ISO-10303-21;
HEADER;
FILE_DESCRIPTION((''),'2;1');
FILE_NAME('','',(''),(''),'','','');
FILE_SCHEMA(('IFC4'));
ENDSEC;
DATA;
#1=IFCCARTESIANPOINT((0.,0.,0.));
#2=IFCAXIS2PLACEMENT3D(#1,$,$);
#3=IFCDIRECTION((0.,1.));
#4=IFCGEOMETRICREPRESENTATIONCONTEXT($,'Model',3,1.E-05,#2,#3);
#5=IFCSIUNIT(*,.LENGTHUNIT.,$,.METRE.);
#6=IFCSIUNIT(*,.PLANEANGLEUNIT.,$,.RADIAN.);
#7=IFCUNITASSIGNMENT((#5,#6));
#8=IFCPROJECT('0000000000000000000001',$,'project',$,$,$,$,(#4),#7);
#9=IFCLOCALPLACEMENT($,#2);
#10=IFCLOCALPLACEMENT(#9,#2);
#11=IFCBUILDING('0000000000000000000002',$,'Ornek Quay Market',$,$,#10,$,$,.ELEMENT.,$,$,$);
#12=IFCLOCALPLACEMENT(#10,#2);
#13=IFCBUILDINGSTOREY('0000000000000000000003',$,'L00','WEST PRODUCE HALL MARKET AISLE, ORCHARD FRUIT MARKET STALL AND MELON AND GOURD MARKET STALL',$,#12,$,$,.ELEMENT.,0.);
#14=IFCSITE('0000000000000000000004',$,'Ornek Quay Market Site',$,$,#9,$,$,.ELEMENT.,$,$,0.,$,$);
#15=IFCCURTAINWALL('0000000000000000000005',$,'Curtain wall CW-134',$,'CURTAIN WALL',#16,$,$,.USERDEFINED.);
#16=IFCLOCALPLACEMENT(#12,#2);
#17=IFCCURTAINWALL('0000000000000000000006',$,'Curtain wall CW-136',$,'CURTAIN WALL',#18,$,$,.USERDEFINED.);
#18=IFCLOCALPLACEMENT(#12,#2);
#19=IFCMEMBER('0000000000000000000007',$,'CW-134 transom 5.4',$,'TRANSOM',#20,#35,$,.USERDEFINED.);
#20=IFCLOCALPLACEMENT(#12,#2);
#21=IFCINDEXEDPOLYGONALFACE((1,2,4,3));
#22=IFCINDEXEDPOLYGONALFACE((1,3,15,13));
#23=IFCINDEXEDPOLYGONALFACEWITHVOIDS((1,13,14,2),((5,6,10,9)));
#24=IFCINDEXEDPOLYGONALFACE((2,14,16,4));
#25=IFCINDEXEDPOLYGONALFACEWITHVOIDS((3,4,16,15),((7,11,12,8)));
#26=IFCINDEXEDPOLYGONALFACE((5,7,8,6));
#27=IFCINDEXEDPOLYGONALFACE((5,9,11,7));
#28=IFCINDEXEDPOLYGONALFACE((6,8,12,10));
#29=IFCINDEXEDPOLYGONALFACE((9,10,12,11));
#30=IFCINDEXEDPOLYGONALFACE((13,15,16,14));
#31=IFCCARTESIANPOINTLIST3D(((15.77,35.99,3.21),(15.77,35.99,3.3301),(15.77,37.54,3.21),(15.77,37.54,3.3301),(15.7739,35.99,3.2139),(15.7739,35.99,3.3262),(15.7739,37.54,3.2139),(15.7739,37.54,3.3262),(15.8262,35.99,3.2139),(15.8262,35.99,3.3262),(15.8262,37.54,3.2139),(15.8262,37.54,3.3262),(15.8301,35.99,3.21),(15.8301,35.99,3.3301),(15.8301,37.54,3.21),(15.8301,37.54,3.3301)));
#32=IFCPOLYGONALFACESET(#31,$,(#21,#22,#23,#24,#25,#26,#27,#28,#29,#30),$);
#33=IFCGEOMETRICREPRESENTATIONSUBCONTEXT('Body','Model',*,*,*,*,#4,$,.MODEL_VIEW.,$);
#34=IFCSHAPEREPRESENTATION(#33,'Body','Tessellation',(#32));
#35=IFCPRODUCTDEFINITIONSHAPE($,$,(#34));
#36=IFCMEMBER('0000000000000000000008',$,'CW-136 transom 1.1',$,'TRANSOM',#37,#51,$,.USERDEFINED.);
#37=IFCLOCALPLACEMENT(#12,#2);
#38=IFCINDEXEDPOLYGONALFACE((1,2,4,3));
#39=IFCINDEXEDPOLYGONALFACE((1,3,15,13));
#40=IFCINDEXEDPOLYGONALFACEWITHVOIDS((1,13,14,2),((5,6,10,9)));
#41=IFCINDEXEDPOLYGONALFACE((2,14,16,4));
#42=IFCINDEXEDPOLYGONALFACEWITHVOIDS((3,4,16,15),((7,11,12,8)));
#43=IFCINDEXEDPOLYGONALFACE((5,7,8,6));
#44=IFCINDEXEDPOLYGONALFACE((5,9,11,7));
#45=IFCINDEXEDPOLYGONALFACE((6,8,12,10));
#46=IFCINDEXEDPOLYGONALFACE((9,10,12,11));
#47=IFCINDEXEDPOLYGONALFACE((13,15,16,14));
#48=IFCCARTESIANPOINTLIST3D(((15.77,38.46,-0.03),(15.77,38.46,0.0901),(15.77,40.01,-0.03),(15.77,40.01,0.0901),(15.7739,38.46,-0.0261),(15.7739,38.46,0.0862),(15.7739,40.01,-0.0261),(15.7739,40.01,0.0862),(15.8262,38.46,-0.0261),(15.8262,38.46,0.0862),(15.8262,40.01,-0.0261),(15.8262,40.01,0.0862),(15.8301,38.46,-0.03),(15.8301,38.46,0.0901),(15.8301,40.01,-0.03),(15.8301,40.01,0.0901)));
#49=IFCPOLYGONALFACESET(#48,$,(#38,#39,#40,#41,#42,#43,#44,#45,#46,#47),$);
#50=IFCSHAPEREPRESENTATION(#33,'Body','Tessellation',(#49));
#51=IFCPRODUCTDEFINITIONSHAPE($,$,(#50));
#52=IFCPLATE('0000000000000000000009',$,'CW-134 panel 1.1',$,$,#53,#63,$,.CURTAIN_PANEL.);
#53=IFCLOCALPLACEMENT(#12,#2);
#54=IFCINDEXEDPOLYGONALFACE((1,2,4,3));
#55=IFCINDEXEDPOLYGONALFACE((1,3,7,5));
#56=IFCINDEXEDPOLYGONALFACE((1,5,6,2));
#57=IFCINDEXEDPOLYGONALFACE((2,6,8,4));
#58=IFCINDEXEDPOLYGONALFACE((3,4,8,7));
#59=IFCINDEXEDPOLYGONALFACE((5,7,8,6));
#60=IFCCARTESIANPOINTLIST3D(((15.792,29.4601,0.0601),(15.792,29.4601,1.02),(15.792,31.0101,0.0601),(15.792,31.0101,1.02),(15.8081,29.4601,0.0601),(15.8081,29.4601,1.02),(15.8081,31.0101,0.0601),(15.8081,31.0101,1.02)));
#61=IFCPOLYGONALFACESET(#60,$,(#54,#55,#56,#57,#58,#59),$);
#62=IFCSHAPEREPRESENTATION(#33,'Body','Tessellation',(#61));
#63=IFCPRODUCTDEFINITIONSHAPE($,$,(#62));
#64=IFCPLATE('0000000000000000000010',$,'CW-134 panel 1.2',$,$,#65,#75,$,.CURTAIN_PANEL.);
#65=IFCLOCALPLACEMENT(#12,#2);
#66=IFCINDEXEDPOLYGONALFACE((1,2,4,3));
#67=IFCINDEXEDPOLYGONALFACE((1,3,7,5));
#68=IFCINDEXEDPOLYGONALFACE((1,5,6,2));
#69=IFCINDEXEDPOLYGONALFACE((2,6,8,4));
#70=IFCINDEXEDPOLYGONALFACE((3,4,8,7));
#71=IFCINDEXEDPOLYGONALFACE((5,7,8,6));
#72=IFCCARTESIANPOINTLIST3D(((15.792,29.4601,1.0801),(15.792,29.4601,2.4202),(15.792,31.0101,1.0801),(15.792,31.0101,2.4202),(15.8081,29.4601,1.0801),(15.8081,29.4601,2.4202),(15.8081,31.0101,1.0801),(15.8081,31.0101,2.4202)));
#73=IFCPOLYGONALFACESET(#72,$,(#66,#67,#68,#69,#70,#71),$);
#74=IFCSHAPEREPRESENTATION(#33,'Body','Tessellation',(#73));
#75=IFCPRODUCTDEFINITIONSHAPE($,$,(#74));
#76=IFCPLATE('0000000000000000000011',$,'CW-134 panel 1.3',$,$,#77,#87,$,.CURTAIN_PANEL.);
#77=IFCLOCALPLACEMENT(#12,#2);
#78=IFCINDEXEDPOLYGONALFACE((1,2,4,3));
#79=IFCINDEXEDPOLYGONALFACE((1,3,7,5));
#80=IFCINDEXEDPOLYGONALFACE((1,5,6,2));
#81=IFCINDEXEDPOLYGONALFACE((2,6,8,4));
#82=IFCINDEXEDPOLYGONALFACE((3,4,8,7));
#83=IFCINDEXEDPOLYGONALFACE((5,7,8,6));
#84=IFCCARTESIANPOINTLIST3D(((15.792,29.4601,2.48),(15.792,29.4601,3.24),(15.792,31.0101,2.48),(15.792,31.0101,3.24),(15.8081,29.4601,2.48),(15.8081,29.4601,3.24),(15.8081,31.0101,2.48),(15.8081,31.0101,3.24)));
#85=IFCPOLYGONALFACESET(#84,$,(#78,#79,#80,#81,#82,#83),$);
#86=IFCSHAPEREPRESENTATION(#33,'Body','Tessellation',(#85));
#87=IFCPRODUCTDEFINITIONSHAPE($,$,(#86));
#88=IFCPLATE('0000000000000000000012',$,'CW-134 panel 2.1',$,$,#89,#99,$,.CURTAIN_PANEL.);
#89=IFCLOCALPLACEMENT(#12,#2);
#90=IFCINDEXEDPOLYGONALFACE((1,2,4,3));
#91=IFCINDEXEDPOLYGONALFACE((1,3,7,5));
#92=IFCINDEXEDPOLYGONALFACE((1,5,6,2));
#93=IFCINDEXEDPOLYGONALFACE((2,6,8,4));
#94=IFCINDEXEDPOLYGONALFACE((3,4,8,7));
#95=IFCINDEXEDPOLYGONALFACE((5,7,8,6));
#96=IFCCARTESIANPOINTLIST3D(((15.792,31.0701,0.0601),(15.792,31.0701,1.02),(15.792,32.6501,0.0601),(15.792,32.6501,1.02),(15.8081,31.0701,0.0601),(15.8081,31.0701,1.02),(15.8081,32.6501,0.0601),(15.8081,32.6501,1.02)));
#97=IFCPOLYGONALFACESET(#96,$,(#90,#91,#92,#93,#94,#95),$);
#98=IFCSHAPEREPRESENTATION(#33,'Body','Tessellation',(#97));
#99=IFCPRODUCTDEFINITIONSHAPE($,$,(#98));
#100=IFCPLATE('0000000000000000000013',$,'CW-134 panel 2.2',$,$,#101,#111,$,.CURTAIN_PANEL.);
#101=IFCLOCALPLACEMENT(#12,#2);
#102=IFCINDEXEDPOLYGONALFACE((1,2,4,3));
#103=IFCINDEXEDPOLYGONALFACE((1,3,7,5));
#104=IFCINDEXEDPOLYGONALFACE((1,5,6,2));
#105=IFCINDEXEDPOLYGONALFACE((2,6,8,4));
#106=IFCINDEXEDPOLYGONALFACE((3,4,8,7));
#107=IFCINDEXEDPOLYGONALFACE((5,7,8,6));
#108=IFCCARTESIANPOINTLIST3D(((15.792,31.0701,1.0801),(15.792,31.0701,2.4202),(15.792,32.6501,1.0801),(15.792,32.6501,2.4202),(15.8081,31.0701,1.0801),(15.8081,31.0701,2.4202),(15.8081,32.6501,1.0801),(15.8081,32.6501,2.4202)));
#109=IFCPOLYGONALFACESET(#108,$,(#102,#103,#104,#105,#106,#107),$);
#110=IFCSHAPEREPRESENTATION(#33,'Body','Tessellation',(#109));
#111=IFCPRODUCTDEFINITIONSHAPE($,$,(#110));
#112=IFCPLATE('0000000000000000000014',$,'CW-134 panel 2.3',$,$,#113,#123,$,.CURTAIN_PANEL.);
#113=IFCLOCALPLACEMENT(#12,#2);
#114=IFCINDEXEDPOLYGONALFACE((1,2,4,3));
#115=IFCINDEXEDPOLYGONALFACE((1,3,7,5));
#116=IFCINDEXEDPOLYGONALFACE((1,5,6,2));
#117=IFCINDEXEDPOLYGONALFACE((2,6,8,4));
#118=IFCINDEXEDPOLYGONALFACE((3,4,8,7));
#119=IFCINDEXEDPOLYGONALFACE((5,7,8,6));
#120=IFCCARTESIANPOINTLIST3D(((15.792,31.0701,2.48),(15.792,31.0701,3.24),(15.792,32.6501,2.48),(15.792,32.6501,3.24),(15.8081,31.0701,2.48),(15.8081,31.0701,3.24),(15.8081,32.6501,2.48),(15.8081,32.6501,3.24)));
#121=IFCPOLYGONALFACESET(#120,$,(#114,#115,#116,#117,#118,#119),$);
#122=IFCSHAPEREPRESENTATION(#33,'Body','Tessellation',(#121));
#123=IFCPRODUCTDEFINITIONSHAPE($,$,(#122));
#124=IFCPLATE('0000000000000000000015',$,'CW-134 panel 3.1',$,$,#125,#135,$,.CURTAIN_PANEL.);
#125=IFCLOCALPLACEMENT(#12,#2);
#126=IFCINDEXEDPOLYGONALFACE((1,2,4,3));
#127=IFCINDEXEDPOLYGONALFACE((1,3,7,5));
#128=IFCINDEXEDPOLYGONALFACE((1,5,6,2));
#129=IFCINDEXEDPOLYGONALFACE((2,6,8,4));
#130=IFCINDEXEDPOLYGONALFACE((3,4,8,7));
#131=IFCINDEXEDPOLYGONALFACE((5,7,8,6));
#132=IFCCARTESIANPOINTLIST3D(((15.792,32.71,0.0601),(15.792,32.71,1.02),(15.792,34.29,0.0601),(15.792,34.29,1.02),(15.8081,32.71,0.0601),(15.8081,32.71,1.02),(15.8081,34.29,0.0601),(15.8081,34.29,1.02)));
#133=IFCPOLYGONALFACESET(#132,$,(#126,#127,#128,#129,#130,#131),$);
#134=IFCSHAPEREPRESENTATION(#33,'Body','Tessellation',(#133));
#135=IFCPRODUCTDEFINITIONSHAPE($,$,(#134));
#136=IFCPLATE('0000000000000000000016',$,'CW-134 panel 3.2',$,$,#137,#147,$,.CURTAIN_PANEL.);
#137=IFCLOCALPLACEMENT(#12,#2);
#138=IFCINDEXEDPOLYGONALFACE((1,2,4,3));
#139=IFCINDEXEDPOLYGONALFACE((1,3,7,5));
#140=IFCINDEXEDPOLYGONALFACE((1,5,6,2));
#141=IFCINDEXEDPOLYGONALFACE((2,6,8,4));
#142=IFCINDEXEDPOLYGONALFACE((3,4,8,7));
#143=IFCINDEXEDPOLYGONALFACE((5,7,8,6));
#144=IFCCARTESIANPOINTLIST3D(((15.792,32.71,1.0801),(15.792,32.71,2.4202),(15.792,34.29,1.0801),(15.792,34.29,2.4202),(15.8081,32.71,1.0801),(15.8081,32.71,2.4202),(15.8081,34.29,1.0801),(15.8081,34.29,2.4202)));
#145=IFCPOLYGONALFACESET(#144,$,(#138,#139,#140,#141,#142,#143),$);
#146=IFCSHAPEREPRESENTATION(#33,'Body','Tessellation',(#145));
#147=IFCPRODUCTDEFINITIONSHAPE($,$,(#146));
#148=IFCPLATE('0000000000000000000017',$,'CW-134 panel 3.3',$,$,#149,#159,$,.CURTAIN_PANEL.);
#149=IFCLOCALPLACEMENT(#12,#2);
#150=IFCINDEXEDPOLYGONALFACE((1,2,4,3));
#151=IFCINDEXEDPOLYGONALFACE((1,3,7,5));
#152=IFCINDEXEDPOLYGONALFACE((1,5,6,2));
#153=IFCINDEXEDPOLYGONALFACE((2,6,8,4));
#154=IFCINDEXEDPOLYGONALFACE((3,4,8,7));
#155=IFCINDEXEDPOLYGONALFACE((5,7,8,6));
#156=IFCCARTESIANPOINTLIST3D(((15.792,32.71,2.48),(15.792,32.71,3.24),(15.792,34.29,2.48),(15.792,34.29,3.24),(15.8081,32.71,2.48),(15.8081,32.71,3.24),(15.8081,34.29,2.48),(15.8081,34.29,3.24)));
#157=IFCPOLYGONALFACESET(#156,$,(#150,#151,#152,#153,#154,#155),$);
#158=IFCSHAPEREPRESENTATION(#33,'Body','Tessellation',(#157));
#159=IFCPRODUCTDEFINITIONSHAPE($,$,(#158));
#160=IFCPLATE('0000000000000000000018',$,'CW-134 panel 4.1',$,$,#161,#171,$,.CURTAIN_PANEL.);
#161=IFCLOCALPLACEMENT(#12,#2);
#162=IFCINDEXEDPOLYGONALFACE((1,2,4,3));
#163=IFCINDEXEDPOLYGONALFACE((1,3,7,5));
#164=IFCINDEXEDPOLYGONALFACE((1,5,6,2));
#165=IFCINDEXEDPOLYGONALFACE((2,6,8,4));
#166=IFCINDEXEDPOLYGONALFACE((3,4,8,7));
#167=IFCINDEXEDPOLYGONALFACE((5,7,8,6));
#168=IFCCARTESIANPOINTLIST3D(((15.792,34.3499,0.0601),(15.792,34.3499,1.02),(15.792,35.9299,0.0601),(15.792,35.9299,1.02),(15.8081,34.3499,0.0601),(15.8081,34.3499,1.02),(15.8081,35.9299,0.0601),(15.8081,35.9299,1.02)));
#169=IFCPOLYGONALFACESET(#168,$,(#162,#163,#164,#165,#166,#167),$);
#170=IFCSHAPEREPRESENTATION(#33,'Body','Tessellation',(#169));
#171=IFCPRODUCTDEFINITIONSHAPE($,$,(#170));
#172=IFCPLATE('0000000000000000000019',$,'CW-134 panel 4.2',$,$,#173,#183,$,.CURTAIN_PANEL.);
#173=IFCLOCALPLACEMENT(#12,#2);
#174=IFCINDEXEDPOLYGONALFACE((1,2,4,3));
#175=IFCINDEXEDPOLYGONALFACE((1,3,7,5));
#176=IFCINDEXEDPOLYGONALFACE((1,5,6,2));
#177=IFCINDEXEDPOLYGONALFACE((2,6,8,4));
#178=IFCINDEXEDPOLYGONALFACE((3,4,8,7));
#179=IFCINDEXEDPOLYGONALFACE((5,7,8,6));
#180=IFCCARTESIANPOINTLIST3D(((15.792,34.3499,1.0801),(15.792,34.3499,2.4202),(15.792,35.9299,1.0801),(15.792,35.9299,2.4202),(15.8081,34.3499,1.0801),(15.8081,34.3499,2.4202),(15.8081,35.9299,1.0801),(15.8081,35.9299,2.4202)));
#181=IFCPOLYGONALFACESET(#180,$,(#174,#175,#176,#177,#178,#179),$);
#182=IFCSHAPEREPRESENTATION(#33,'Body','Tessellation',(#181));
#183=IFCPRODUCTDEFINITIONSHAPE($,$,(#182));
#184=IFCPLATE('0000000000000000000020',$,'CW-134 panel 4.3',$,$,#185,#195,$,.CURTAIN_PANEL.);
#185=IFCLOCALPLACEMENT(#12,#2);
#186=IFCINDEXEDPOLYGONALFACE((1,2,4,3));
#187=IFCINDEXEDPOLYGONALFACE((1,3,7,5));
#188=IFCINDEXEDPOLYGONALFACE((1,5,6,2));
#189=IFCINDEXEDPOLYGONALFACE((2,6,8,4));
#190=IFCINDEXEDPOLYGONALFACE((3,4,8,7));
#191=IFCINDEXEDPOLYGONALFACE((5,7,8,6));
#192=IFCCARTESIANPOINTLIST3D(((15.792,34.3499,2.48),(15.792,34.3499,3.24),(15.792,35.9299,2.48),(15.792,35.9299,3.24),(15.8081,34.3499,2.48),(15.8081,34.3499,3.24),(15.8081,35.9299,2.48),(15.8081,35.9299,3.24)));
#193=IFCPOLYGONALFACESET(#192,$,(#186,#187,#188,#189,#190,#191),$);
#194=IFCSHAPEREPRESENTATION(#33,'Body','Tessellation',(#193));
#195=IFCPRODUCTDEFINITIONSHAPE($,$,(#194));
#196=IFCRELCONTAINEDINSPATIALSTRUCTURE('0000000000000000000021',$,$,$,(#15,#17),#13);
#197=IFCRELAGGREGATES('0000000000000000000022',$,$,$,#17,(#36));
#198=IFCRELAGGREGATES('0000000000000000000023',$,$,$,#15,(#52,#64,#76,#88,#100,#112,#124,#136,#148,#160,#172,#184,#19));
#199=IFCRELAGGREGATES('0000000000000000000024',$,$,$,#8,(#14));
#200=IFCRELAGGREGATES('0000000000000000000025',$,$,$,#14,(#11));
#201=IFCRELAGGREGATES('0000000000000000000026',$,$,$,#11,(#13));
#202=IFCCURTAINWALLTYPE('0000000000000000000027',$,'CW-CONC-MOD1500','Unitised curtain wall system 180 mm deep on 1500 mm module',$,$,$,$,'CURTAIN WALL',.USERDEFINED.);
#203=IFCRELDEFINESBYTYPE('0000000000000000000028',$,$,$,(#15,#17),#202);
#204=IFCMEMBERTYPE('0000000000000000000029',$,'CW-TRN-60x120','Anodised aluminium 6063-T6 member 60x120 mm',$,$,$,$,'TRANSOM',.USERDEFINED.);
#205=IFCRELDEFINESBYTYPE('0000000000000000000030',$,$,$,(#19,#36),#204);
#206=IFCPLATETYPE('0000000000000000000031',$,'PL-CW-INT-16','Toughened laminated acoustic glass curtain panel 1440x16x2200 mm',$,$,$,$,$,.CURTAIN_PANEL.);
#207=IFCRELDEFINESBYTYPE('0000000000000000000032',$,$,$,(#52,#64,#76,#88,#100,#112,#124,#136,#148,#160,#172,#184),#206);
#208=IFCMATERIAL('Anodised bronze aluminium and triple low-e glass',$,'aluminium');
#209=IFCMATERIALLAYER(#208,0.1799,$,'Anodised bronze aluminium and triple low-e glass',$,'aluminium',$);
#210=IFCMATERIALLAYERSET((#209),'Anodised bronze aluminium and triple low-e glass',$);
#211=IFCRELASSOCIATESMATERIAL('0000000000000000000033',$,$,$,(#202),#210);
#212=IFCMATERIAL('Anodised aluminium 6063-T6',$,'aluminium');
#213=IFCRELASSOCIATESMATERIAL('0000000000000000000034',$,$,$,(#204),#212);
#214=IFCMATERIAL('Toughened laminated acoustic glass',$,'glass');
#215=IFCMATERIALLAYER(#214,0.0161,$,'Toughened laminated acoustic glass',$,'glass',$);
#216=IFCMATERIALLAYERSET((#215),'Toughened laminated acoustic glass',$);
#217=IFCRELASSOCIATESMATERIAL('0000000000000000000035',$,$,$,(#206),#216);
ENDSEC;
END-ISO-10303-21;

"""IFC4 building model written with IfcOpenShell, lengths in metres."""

from ifc_helpers import new_model, si_unit, direction, frame, origin, origin_2d, place, context, subcontext, project, spatial, rectangle, hollow_rectangle, extrude, material, layer, layer_set, material_profile, profile_set, type_object, element, aggregate, save


model = new_model("IFC4")

# Units and contexts
model_context = context("Model", 3, precision=1e-05, world=origin(), true_north=direction((0.0, 1.0)))
body_context = subcontext(model_context, "Body", "Model", "MODEL_VIEW")
ifc_project = project(units=[si_unit("LENGTHUNIT", "METRE"), si_unit("PLANEANGLEUNIT", "RADIAN")], contexts=[model_context])

# Site, building, storey
site_placement = place(None, origin())
site = spatial("IfcSite", under=ifc_project, at=site_placement, Name="Ornek Quay Market Site", CompositionType="ELEMENT", RefElevation=0.0)
building_placement = place(site_placement, origin())
building = spatial("IfcBuilding", under=site, at=building_placement, Name="Ornek Quay Market", CompositionType="ELEMENT")
storey_placement = place(building_placement, origin())
storey = spatial("IfcBuildingStorey", under=building, at=storey_placement, Name="L00", Description="WEST PRODUCE HALL MARKET AISLE, ORCHARD FRUIT MARKET STALL AND MELON AND GOURD MARKET STALL", CompositionType="ELEMENT", Elevation=0.0)

# Curtain wall
ifc_material_1 = material(Name="Anodised bronze aluminium and triple low-e glass", Category="aluminium")
ifc_layer_1 = layer(ifc_material_1, 0.1799, Name="Anodised bronze aluminium and triple low-e glass", Category="aluminium")
ifc_layer_set_1 = layer_set([ifc_layer_1], Name="Anodised bronze aluminium and triple low-e glass")
curtain_wall_type = type_object("IfcCurtainWallType", Name="CW-CONC-MOD1500", Description="Unitised curtain wall system 180 mm deep on 1500 mm module", ElementType="CURTAIN WALL", PredefinedType="USERDEFINED", material=ifc_layer_set_1)
curtain_wall_1_placement = place(storey_placement, origin())
curtain_wall_1 = element("IfcCurtainWall", 1, at=curtain_wall_1_placement, inside=storey, type_object=curtain_wall_type, Name="Curtain wall CW-134", ObjectType="CURTAIN WALL", PredefinedType="USERDEFINED")
ifc_material_2 = material(Name="Anodised aluminium 6063-T6", Category="aluminium")

# Curtain wall
curtain_wall_2_placement = place(storey_placement, origin())
curtain_wall_2 = element("IfcCurtainWall", 2, at=curtain_wall_2_placement, inside=storey, type_object=curtain_wall_type, Name="Curtain wall CW-136", ObjectType="CURTAIN WALL", PredefinedType="USERDEFINED")

# Members
ifc_material_profile_1 = material_profile(ifc_material_2, hollow_rectangle(XDim=0.0601, YDim=0.1201, WallThickness=0.0039, at=origin_2d()), Name="CW-TRN-60x120", Category="aluminium")
ifc_profile_set_1 = profile_set([ifc_material_profile_1], Name="Anodised aluminium 6063-T6")
member_type_1 = type_object("IfcMemberType", Name="CW-TRN-60x120", Description="Anodised aluminium 6063-T6 member 60x120 mm", ElementType="TRANSOM", PredefinedType="USERDEFINED", material=ifc_profile_set_1)
member_1_placement = place(storey_placement, frame((15.8, 35.99, 3.27), z_axis=(0.0, 1.0, 0.0), x_axis=(-1.0, 0.0, 0.0)))
member_1 = element("IfcMember", 3, at=member_1_placement, type_object=member_type_1, Name="CW-134 transom 5.4", ObjectType="TRANSOM", PredefinedType="USERDEFINED", context=body_context, shape_type="SweptSolid", body=[
    extrude(hollow_rectangle(XDim=0.0601, YDim=0.1201, WallThickness=0.0039, at=origin_2d()), origin(), (0.0, 0.0, 1.0), 1.55),
])
member_2_placement = place(storey_placement, frame((15.8, 38.46, 0.03), z_axis=(0.0, 1.0, 0.0), x_axis=(-1.0, 0.0, 0.0)))
member_2 = element("IfcMember", 4, at=member_2_placement, type_object=member_type_1, Name="CW-136 transom 1.1", ObjectType="TRANSOM", PredefinedType="USERDEFINED", context=body_context, shape_type="SweptSolid", body=[
    extrude(hollow_rectangle(XDim=0.0601, YDim=0.1201, WallThickness=0.0039, at=origin_2d()), origin(), (0.0, 0.0, 1.0), 1.55),
])
aggregate(curtain_wall_2, [member_2])

# Plates
ifc_material_3 = material(Name="Toughened laminated acoustic glass", Category="glass")
ifc_layer_2 = layer(ifc_material_3, 0.0161, Name="Toughened laminated acoustic glass", Category="glass")
ifc_layer_set_2 = layer_set([ifc_layer_2], Name="Toughened laminated acoustic glass")
plate_type = type_object("IfcPlateType", Name="PL-CW-INT-16", Description="Toughened laminated acoustic glass curtain panel 1440x16x2200 mm", PredefinedType="CURTAIN_PANEL", material=ifc_layer_set_2)
plate_1_placement = place(storey_placement, frame((15.8, 30.2351, 0.0601), z_axis=(0.0, 0.0, 1.0), x_axis=(0.0, 1.0, 0.0)))
plate_1 = element("IfcPlate", 5, at=plate_1_placement, type_object=plate_type, Name="CW-134 panel 1.1", PredefinedType="CURTAIN_PANEL", context=body_context, shape_type="SweptSolid", body=[
    extrude(rectangle(XDim=1.55, YDim=0.0161, at=origin_2d()), origin(), (0.0, 0.0, 1.0), 0.96),
])
plate_2_placement = place(storey_placement, frame((15.8, 30.2351, 1.0801), z_axis=(0.0, 0.0, 1.0), x_axis=(0.0, 1.0, 0.0)))
plate_2 = element("IfcPlate", 6, at=plate_2_placement, type_object=plate_type, Name="CW-134 panel 1.2", PredefinedType="CURTAIN_PANEL", context=body_context, shape_type="SweptSolid", body=[
    extrude(rectangle(XDim=1.55, YDim=0.0161, at=origin_2d()), origin(), (0.0, 0.0, 1.0), 1.3401),
])
plate_3_placement = place(storey_placement, frame((15.8, 30.2351, 2.48), z_axis=(0.0, 0.0, 1.0), x_axis=(0.0, 1.0, 0.0)))
plate_3 = element("IfcPlate", 7, at=plate_3_placement, type_object=plate_type, Name="CW-134 panel 1.3", PredefinedType="CURTAIN_PANEL", context=body_context, shape_type="SweptSolid", body=[
    extrude(rectangle(XDim=1.55, YDim=0.0161, at=origin_2d()), origin(), (0.0, 0.0, 1.0), 0.76),
])
plate_4_placement = place(storey_placement, frame((15.8, 31.8601, 0.0601), z_axis=(0.0, 0.0, 1.0), x_axis=(0.0, 1.0, 0.0)))
plate_4 = element("IfcPlate", 8, at=plate_4_placement, type_object=plate_type, Name="CW-134 panel 2.1", PredefinedType="CURTAIN_PANEL", context=body_context, shape_type="SweptSolid", body=[
    extrude(rectangle(XDim=1.5801, YDim=0.0161, at=origin_2d()), origin(), (0.0, 0.0, 1.0), 0.96),
])
plate_5_placement = place(storey_placement, frame((15.8, 31.8601, 1.0801), z_axis=(0.0, 0.0, 1.0), x_axis=(0.0, 1.0, 0.0)))
plate_5 = element("IfcPlate", 9, at=plate_5_placement, type_object=plate_type, Name="CW-134 panel 2.2", PredefinedType="CURTAIN_PANEL", context=body_context, shape_type="SweptSolid", body=[
    extrude(rectangle(XDim=1.5801, YDim=0.0161, at=origin_2d()), origin(), (0.0, 0.0, 1.0), 1.3401),
])
plate_6_placement = place(storey_placement, frame((15.8, 31.8601, 2.48), z_axis=(0.0, 0.0, 1.0), x_axis=(0.0, 1.0, 0.0)))
plate_6 = element("IfcPlate", 10, at=plate_6_placement, type_object=plate_type, Name="CW-134 panel 2.3", PredefinedType="CURTAIN_PANEL", context=body_context, shape_type="SweptSolid", body=[
    extrude(rectangle(XDim=1.5801, YDim=0.0161, at=origin_2d()), origin(), (0.0, 0.0, 1.0), 0.76),
])
plate_7_placement = place(storey_placement, frame((15.8, 33.5, 0.0601), z_axis=(0.0, 0.0, 1.0), x_axis=(0.0, 1.0, 0.0)))
plate_7 = element("IfcPlate", 11, at=plate_7_placement, type_object=plate_type, Name="CW-134 panel 3.1", PredefinedType="CURTAIN_PANEL", context=body_context, shape_type="SweptSolid", body=[
    extrude(rectangle(XDim=1.5801, YDim=0.0161, at=origin_2d()), origin(), (0.0, 0.0, 1.0), 0.96),
])
plate_8_placement = place(storey_placement, frame((15.8, 33.5, 1.0801), z_axis=(0.0, 0.0, 1.0), x_axis=(0.0, 1.0, 0.0)))
plate_8 = element("IfcPlate", 12, at=plate_8_placement, type_object=plate_type, Name="CW-134 panel 3.2", PredefinedType="CURTAIN_PANEL", context=body_context, shape_type="SweptSolid", body=[
    extrude(rectangle(XDim=1.5801, YDim=0.0161, at=origin_2d()), origin(), (0.0, 0.0, 1.0), 1.3401),
])
plate_9_placement = place(storey_placement, frame((15.8, 33.5, 2.48), z_axis=(0.0, 0.0, 1.0), x_axis=(0.0, 1.0, 0.0)))
plate_9 = element("IfcPlate", 13, at=plate_9_placement, type_object=plate_type, Name="CW-134 panel 3.3", PredefinedType="CURTAIN_PANEL", context=body_context, shape_type="SweptSolid", body=[
    extrude(rectangle(XDim=1.5801, YDim=0.0161, at=origin_2d()), origin(), (0.0, 0.0, 1.0), 0.76),
])
plate_10_placement = place(storey_placement, frame((15.8, 35.1399, 0.0601), z_axis=(0.0, 0.0, 1.0), x_axis=(0.0, 1.0, 0.0)))
plate_10 = element("IfcPlate", 14, at=plate_10_placement, type_object=plate_type, Name="CW-134 panel 4.1", PredefinedType="CURTAIN_PANEL", context=body_context, shape_type="SweptSolid", body=[
    extrude(rectangle(XDim=1.5801, YDim=0.0161, at=origin_2d()), origin(), (0.0, 0.0, 1.0), 0.96),
])
plate_11_placement = place(storey_placement, frame((15.8, 35.1399, 1.0801), z_axis=(0.0, 0.0, 1.0), x_axis=(0.0, 1.0, 0.0)))
plate_11 = element("IfcPlate", 15, at=plate_11_placement, type_object=plate_type, Name="CW-134 panel 4.2", PredefinedType="CURTAIN_PANEL", context=body_context, shape_type="SweptSolid", body=[
    extrude(rectangle(XDim=1.5801, YDim=0.0161, at=origin_2d()), origin(), (0.0, 0.0, 1.0), 1.3401),
])
plate_12_placement = place(storey_placement, frame((15.8, 35.1399, 2.48), z_axis=(0.0, 0.0, 1.0), x_axis=(0.0, 1.0, 0.0)))
plate_12 = element("IfcPlate", 16, at=plate_12_placement, type_object=plate_type, Name="CW-134 panel 4.3", PredefinedType="CURTAIN_PANEL", context=body_context, shape_type="SweptSolid", body=[
    extrude(rectangle(XDim=1.5801, YDim=0.0161, at=origin_2d()), origin(), (0.0, 0.0, 1.0), 0.76),
])
aggregate(curtain_wall_1, [plate_1, plate_2, plate_3, plate_4, plate_5, plate_6, plate_7, plate_8, plate_9, plate_10, plate_11, plate_12, member_1])

save(model, "model.ifc")
